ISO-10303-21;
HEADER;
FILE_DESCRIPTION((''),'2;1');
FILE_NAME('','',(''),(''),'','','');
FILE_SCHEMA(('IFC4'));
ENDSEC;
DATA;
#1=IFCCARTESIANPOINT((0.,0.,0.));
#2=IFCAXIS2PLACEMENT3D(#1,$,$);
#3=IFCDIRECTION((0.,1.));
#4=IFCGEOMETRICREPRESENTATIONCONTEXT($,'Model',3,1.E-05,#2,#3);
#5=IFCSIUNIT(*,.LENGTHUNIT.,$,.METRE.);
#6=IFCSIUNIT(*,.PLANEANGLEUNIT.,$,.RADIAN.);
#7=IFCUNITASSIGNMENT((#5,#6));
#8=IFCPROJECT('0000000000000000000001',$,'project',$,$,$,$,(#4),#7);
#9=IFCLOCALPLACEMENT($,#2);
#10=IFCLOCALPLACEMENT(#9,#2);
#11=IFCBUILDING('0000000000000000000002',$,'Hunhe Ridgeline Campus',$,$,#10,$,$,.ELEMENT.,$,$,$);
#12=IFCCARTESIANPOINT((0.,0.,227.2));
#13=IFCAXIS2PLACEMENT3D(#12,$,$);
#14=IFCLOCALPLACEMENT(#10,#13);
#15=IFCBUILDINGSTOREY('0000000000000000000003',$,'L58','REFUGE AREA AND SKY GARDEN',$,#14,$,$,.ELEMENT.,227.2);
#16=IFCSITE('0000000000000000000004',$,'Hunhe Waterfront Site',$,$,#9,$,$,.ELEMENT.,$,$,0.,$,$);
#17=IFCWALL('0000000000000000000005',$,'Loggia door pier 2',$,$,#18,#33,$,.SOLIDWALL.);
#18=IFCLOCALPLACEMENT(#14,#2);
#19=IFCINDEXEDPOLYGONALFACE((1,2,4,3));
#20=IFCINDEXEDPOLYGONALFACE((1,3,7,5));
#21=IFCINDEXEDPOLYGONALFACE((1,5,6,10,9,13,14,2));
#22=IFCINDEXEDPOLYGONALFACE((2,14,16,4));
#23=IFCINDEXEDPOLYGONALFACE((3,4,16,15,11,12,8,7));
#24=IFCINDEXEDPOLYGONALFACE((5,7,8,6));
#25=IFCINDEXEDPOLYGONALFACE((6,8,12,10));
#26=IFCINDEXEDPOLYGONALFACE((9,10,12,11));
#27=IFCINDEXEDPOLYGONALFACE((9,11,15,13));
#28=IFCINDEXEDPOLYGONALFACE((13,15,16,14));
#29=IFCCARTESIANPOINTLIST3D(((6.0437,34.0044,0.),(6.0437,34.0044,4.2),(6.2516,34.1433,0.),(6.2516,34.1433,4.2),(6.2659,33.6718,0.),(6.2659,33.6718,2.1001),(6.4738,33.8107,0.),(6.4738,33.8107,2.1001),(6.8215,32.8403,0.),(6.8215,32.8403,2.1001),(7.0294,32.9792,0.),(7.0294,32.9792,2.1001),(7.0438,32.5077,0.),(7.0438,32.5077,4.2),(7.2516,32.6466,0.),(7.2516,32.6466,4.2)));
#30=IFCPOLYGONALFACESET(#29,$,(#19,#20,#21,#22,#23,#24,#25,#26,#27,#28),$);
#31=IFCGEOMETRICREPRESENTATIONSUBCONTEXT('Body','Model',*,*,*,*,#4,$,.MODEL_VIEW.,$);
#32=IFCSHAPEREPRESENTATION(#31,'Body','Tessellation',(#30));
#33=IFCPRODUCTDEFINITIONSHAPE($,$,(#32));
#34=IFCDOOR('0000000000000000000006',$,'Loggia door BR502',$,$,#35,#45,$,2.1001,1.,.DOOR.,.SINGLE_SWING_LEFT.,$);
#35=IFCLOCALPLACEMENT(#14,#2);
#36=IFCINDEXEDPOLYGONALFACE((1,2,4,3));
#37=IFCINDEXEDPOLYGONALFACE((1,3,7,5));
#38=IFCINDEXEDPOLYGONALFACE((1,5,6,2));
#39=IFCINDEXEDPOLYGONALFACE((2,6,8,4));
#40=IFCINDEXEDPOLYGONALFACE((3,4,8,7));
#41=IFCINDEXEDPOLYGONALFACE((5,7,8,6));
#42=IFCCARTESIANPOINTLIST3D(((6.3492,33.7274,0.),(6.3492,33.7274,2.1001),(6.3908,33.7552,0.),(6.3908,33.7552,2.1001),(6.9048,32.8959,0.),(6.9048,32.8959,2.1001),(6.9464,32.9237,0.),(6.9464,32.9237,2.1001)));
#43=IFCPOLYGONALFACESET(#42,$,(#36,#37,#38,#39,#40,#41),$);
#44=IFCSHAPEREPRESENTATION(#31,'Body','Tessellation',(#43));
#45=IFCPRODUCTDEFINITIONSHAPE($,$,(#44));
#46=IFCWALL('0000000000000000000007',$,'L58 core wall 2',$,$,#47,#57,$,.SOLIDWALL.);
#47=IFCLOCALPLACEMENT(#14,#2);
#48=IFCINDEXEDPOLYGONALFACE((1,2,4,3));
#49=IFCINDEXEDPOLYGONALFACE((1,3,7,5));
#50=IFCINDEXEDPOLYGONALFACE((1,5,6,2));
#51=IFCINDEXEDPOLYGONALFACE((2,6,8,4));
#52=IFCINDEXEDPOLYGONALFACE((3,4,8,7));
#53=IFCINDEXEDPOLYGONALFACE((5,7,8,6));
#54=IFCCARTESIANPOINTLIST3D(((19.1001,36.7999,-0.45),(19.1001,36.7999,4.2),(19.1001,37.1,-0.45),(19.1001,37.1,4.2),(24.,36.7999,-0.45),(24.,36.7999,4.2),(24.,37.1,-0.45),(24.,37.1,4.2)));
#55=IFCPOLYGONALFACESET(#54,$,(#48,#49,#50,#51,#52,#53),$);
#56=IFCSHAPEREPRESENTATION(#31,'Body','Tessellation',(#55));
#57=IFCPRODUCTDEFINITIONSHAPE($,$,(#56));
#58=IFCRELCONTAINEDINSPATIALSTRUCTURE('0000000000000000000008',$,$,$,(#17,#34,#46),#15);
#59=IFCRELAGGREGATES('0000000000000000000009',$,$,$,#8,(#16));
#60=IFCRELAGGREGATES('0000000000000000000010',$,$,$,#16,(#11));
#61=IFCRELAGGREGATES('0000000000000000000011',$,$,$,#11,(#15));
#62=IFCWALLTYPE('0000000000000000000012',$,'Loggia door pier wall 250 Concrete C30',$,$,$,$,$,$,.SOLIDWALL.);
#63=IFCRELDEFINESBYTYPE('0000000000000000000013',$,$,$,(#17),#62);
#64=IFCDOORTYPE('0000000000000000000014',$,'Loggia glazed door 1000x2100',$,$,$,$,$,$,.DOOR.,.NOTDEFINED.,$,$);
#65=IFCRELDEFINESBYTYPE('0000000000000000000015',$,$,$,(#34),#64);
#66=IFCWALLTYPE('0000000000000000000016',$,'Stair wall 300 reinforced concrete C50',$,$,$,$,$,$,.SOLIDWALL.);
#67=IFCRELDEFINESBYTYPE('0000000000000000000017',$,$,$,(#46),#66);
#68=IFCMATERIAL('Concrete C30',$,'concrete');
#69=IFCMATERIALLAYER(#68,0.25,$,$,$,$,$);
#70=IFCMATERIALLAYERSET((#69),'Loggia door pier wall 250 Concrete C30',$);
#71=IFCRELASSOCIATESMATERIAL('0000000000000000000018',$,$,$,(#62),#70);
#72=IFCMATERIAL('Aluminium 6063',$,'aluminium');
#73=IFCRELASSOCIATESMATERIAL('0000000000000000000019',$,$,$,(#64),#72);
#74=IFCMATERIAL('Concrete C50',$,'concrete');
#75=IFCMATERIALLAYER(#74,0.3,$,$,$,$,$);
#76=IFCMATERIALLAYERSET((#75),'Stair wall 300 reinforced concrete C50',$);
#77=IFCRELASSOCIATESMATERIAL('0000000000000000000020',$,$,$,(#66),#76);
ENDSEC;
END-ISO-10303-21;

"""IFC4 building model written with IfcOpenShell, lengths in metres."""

from ifc_helpers import new_model, si_unit, direction, frame, frame_2d, origin, place, context, subcontext, project, spatial, rectangle, extrude, material, layer, layer_set, type_object, element, fill, save


model = new_model("IFC4")

# Units and contexts
model_context = context("Model", 3, precision=1e-05, world=origin(), true_north=direction((0.0, 1.0)))
body_context = subcontext(model_context, "Body", "Model", "MODEL_VIEW")
ifc_project = project(units=[si_unit("LENGTHUNIT", "METRE"), si_unit("PLANEANGLEUNIT", "RADIAN")], contexts=[model_context])

# Site, building, storey
site_placement = place(None, origin())
site = spatial("IfcSite", under=ifc_project, at=site_placement, Name="Hunhe Waterfront Site", CompositionType="ELEMENT", RefElevation=0.0)
building_placement = place(site_placement, origin())
building = spatial("IfcBuilding", under=site, at=building_placement, Name="Hunhe Ridgeline Campus", CompositionType="ELEMENT")
storey_placement = place(building_placement, frame((0.0, 0.0, 227.2)))
storey = spatial("IfcBuildingStorey", under=building, at=storey_placement, Name="L58", Description="REFUGE AREA AND SKY GARDEN", CompositionType="ELEMENT", Elevation=227.2)

# Shared definitions
ifc_material_1 = material(Name="Aluminium 6063", Category="aluminium")

# Wall, opening, door
ifc_material_2 = material(Name="Concrete C30", Category="concrete")
ifc_layer_1 = layer(ifc_material_2, 0.25)
ifc_layer_set_1 = layer_set([ifc_layer_1], Name="Loggia door pier wall 250 Concrete C30")
wall_type_1 = type_object("IfcWallType", Name="Loggia door pier wall 250 Concrete C30", PredefinedType="SOLIDWALL", material=ifc_layer_set_1)
wall_1_placement = place(storey_placement, frame((6.1477, 34.0737, 0.0), z_axis=(0.0, 0.0, 1.0), x_axis=(0.555576, -0.831466, 0.0)))
wall_1 = element("IfcWall", 1, at=wall_1_placement, inside=storey, type_object=wall_type_1, Name="Loggia door pier 2", PredefinedType="SOLIDWALL", context=body_context, shape_type="SweptSolid", body=[
    extrude(rectangle(XDim=1.8, YDim=0.25, at=frame_2d((0.8999, 0.0))), origin(), (0.0, 0.0, 1.0), 4.2),
])
opening_1_placement = place(wall_1_placement, frame((0.3999, 0.0, 0.0)))
opening_1 = element("IfcOpeningElement", 2, at=opening_1_placement, cuts=wall_1, PredefinedType="OPENING", context=body_context, shape_type="SweptSolid", body=[
    extrude(rectangle(XDim=1.0, YDim=2.1001, at=frame_2d((0.5, 1.05))), frame((0.0, 0.125, 0.0), z_axis=(0.0, -1.0, 0.0), x_axis=(1.0, 0.0, 0.0)), (0.0, 0.0, 1.0), 0.25),
])
door_type_1 = type_object("IfcDoorType", Name="Loggia glazed door 1000x2100", OperationType="NOTDEFINED", PredefinedType="DOOR", material=ifc_material_1)
door_1_placement = place(opening_1_placement, frame((1.0, 0.0, 0.0), z_axis=(0.0, 0.0, 1.0), x_axis=(-1.0, 0.0, 0.0)))
door_1 = element("IfcDoor", 3, at=door_1_placement, inside=storey, type_object=door_type_1, Name="Loggia door BR502", OperationType="SINGLE_SWING_LEFT", OverallHeight=2.1001, OverallWidth=1.0, PredefinedType="DOOR", context=body_context, shape_type="SweptSolid", body=[
    extrude(rectangle(XDim=1.0, YDim=2.1001, at=frame_2d((0.5, 1.05))), frame((0.0, 0.0249, 0.0), z_axis=(0.0, -1.0, 0.0), x_axis=(1.0, 0.0, 0.0)), (0.0, 0.0, 1.0), 0.05),
])
fill(opening_1, door_1)

# Wall
ifc_material_3 = material(Name="Concrete C50", Category="concrete")
ifc_layer_2 = layer(ifc_material_3, 0.3)
ifc_layer_set_2 = layer_set([ifc_layer_2], Name="Stair wall 300 reinforced concrete C50")
wall_type_2 = type_object("IfcWallType", Name="Stair wall 300 reinforced concrete C50", PredefinedType="SOLIDWALL", material=ifc_layer_set_2)
wall_2_placement = place(storey_placement, frame((19.1001, 36.95, -0.45), z_axis=(0.0, 0.0, 1.0), x_axis=(1.0, 0.0, 0.0)))
element("IfcWall", 4, at=wall_2_placement, inside=storey, type_object=wall_type_2, Name="L58 core wall 2", PredefinedType="SOLIDWALL", context=body_context, shape_type="SweptSolid", body=[
    extrude(rectangle(XDim=4.8999, YDim=0.3, at=frame_2d((2.45, 0.0))), origin(), (0.0, 0.0, 1.0), 4.6499),
])

save(model, "model.ifc")
